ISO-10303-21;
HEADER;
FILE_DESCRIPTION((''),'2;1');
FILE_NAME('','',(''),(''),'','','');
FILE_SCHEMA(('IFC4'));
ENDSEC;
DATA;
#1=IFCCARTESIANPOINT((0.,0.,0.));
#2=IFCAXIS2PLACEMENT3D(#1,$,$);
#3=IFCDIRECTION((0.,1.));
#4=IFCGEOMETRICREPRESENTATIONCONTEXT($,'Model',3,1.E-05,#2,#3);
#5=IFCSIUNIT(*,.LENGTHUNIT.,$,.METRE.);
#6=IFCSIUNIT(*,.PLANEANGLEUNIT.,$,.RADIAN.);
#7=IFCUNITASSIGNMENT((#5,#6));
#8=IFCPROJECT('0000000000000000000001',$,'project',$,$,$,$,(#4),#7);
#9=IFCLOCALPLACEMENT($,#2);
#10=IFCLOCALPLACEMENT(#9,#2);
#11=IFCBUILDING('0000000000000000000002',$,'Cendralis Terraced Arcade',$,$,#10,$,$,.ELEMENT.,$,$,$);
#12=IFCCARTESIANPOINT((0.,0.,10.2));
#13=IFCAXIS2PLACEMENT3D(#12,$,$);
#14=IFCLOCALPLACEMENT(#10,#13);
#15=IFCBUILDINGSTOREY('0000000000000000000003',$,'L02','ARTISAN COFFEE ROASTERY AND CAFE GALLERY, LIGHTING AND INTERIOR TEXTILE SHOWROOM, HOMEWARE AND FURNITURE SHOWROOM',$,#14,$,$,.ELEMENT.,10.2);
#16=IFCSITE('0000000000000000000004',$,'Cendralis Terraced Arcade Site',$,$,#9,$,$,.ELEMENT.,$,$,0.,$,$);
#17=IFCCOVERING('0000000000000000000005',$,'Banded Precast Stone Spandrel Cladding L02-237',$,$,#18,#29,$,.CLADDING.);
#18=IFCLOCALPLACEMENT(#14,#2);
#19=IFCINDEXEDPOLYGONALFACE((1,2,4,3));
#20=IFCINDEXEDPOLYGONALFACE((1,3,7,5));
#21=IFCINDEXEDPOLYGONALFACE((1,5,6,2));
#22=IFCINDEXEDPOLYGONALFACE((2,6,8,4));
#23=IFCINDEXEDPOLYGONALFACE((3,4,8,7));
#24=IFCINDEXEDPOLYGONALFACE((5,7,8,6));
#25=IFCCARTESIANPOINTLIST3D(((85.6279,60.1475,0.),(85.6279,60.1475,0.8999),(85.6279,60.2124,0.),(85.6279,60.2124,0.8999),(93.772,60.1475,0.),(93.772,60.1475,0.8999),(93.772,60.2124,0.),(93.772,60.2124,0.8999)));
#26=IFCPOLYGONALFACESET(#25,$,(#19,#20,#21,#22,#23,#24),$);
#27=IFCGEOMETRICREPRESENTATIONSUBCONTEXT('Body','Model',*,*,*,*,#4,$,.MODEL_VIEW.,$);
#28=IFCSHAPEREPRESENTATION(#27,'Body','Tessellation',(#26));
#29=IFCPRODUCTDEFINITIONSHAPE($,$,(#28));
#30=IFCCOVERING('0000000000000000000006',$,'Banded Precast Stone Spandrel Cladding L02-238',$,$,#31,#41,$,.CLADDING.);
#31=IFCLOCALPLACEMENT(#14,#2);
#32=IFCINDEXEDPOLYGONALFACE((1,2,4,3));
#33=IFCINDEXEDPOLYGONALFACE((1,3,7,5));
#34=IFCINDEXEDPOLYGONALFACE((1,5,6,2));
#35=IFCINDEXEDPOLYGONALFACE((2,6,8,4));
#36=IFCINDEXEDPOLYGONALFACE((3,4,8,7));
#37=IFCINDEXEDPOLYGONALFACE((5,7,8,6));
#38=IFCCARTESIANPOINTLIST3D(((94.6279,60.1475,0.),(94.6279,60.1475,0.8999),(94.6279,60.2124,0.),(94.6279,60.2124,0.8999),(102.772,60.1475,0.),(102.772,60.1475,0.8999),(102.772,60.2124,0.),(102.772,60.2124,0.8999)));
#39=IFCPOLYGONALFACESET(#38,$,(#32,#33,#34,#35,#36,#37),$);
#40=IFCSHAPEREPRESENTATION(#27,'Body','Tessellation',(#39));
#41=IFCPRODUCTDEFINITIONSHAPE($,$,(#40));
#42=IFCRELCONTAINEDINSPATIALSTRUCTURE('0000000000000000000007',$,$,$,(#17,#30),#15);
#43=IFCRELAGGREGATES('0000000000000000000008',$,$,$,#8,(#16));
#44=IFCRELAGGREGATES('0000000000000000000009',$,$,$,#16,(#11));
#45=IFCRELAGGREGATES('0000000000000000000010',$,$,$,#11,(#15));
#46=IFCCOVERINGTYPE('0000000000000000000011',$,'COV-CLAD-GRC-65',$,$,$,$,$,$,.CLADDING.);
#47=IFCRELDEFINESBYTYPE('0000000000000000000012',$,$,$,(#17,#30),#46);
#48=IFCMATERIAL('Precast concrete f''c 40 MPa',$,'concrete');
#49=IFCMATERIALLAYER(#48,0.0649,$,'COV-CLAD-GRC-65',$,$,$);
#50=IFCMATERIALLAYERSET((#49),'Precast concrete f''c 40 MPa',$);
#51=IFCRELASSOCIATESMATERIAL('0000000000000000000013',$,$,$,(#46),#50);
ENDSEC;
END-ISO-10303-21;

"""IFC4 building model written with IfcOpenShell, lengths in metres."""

from ifc_helpers import new_model, si_unit, direction, frame, origin, origin_2d, place, context, subcontext, project, spatial, rectangle, extrude, material, layer, layer_set, type_object, element, save


model = new_model("IFC4")

# Units and contexts
model_context = context("Model", 3, precision=1e-05, world=origin(), true_north=direction((0.0, 1.0)))
body_context = subcontext(model_context, "Body", "Model", "MODEL_VIEW")
ifc_project = project(units=[si_unit("LENGTHUNIT", "METRE"), si_unit("PLANEANGLEUNIT", "RADIAN")], contexts=[model_context])

# Site, building, storey
site_placement = place(None, origin())
site = spatial("IfcSite", under=ifc_project, at=site_placement, Name="Cendralis Terraced Arcade Site", CompositionType="ELEMENT", RefElevation=0.0)
building_placement = place(site_placement, origin())
building = spatial("IfcBuilding", under=site, at=building_placement, Name="Cendralis Terraced Arcade", CompositionType="ELEMENT")
storey_placement = place(building_placement, frame((0.0, 0.0, 10.2)))
storey = spatial("IfcBuildingStorey", under=building, at=storey_placement, Name="L02", Description="ARTISAN COFFEE ROASTERY AND CAFE GALLERY, LIGHTING AND INTERIOR TEXTILE SHOWROOM, HOMEWARE AND FURNITURE SHOWROOM", CompositionType="ELEMENT", Elevation=10.2)

# Shared definitions
ifc_material_1 = material(Name="Precast concrete f'c 40 MPa", Category="concrete")

# Coverings
ifc_layer_1 = layer(ifc_material_1, 0.0649, Name="COV-CLAD-GRC-65")
ifc_layer_set_1 = layer_set([ifc_layer_1], Name="Precast concrete f'c 40 MPa")
covering_type = type_object("IfcCoveringType", Name="COV-CLAD-GRC-65", PredefinedType="CLADDING", material=ifc_layer_set_1)
for number, where, z_axis, x_axis, name in (
    (1, (89.7, 60.1799, 0.0), (0.0, 0.0, 1.0), (1.0, 0.0, 0.0), "Banded Precast Stone Spandrel Cladding L02-237"),
    (2, (98.7, 60.1799, 0.0), (0.0, 0.0, 1.0), (1.0, 0.0, 0.0), "Banded Precast Stone Spandrel Cladding L02-238"),
):
    element("IfcCovering", number, at=place(storey_placement, frame(where, z_axis=z_axis, x_axis=x_axis)), inside=storey, type_object=covering_type, Name=name, PredefinedType="CLADDING", context=body_context, shape_type="SweptSolid", body=[
        extrude(rectangle(XDim=8.144, YDim=0.0649, at=origin_2d()), origin(), (0.0, 0.0, 1.0), 0.8999),
    ])

save(model, "model.ifc")
